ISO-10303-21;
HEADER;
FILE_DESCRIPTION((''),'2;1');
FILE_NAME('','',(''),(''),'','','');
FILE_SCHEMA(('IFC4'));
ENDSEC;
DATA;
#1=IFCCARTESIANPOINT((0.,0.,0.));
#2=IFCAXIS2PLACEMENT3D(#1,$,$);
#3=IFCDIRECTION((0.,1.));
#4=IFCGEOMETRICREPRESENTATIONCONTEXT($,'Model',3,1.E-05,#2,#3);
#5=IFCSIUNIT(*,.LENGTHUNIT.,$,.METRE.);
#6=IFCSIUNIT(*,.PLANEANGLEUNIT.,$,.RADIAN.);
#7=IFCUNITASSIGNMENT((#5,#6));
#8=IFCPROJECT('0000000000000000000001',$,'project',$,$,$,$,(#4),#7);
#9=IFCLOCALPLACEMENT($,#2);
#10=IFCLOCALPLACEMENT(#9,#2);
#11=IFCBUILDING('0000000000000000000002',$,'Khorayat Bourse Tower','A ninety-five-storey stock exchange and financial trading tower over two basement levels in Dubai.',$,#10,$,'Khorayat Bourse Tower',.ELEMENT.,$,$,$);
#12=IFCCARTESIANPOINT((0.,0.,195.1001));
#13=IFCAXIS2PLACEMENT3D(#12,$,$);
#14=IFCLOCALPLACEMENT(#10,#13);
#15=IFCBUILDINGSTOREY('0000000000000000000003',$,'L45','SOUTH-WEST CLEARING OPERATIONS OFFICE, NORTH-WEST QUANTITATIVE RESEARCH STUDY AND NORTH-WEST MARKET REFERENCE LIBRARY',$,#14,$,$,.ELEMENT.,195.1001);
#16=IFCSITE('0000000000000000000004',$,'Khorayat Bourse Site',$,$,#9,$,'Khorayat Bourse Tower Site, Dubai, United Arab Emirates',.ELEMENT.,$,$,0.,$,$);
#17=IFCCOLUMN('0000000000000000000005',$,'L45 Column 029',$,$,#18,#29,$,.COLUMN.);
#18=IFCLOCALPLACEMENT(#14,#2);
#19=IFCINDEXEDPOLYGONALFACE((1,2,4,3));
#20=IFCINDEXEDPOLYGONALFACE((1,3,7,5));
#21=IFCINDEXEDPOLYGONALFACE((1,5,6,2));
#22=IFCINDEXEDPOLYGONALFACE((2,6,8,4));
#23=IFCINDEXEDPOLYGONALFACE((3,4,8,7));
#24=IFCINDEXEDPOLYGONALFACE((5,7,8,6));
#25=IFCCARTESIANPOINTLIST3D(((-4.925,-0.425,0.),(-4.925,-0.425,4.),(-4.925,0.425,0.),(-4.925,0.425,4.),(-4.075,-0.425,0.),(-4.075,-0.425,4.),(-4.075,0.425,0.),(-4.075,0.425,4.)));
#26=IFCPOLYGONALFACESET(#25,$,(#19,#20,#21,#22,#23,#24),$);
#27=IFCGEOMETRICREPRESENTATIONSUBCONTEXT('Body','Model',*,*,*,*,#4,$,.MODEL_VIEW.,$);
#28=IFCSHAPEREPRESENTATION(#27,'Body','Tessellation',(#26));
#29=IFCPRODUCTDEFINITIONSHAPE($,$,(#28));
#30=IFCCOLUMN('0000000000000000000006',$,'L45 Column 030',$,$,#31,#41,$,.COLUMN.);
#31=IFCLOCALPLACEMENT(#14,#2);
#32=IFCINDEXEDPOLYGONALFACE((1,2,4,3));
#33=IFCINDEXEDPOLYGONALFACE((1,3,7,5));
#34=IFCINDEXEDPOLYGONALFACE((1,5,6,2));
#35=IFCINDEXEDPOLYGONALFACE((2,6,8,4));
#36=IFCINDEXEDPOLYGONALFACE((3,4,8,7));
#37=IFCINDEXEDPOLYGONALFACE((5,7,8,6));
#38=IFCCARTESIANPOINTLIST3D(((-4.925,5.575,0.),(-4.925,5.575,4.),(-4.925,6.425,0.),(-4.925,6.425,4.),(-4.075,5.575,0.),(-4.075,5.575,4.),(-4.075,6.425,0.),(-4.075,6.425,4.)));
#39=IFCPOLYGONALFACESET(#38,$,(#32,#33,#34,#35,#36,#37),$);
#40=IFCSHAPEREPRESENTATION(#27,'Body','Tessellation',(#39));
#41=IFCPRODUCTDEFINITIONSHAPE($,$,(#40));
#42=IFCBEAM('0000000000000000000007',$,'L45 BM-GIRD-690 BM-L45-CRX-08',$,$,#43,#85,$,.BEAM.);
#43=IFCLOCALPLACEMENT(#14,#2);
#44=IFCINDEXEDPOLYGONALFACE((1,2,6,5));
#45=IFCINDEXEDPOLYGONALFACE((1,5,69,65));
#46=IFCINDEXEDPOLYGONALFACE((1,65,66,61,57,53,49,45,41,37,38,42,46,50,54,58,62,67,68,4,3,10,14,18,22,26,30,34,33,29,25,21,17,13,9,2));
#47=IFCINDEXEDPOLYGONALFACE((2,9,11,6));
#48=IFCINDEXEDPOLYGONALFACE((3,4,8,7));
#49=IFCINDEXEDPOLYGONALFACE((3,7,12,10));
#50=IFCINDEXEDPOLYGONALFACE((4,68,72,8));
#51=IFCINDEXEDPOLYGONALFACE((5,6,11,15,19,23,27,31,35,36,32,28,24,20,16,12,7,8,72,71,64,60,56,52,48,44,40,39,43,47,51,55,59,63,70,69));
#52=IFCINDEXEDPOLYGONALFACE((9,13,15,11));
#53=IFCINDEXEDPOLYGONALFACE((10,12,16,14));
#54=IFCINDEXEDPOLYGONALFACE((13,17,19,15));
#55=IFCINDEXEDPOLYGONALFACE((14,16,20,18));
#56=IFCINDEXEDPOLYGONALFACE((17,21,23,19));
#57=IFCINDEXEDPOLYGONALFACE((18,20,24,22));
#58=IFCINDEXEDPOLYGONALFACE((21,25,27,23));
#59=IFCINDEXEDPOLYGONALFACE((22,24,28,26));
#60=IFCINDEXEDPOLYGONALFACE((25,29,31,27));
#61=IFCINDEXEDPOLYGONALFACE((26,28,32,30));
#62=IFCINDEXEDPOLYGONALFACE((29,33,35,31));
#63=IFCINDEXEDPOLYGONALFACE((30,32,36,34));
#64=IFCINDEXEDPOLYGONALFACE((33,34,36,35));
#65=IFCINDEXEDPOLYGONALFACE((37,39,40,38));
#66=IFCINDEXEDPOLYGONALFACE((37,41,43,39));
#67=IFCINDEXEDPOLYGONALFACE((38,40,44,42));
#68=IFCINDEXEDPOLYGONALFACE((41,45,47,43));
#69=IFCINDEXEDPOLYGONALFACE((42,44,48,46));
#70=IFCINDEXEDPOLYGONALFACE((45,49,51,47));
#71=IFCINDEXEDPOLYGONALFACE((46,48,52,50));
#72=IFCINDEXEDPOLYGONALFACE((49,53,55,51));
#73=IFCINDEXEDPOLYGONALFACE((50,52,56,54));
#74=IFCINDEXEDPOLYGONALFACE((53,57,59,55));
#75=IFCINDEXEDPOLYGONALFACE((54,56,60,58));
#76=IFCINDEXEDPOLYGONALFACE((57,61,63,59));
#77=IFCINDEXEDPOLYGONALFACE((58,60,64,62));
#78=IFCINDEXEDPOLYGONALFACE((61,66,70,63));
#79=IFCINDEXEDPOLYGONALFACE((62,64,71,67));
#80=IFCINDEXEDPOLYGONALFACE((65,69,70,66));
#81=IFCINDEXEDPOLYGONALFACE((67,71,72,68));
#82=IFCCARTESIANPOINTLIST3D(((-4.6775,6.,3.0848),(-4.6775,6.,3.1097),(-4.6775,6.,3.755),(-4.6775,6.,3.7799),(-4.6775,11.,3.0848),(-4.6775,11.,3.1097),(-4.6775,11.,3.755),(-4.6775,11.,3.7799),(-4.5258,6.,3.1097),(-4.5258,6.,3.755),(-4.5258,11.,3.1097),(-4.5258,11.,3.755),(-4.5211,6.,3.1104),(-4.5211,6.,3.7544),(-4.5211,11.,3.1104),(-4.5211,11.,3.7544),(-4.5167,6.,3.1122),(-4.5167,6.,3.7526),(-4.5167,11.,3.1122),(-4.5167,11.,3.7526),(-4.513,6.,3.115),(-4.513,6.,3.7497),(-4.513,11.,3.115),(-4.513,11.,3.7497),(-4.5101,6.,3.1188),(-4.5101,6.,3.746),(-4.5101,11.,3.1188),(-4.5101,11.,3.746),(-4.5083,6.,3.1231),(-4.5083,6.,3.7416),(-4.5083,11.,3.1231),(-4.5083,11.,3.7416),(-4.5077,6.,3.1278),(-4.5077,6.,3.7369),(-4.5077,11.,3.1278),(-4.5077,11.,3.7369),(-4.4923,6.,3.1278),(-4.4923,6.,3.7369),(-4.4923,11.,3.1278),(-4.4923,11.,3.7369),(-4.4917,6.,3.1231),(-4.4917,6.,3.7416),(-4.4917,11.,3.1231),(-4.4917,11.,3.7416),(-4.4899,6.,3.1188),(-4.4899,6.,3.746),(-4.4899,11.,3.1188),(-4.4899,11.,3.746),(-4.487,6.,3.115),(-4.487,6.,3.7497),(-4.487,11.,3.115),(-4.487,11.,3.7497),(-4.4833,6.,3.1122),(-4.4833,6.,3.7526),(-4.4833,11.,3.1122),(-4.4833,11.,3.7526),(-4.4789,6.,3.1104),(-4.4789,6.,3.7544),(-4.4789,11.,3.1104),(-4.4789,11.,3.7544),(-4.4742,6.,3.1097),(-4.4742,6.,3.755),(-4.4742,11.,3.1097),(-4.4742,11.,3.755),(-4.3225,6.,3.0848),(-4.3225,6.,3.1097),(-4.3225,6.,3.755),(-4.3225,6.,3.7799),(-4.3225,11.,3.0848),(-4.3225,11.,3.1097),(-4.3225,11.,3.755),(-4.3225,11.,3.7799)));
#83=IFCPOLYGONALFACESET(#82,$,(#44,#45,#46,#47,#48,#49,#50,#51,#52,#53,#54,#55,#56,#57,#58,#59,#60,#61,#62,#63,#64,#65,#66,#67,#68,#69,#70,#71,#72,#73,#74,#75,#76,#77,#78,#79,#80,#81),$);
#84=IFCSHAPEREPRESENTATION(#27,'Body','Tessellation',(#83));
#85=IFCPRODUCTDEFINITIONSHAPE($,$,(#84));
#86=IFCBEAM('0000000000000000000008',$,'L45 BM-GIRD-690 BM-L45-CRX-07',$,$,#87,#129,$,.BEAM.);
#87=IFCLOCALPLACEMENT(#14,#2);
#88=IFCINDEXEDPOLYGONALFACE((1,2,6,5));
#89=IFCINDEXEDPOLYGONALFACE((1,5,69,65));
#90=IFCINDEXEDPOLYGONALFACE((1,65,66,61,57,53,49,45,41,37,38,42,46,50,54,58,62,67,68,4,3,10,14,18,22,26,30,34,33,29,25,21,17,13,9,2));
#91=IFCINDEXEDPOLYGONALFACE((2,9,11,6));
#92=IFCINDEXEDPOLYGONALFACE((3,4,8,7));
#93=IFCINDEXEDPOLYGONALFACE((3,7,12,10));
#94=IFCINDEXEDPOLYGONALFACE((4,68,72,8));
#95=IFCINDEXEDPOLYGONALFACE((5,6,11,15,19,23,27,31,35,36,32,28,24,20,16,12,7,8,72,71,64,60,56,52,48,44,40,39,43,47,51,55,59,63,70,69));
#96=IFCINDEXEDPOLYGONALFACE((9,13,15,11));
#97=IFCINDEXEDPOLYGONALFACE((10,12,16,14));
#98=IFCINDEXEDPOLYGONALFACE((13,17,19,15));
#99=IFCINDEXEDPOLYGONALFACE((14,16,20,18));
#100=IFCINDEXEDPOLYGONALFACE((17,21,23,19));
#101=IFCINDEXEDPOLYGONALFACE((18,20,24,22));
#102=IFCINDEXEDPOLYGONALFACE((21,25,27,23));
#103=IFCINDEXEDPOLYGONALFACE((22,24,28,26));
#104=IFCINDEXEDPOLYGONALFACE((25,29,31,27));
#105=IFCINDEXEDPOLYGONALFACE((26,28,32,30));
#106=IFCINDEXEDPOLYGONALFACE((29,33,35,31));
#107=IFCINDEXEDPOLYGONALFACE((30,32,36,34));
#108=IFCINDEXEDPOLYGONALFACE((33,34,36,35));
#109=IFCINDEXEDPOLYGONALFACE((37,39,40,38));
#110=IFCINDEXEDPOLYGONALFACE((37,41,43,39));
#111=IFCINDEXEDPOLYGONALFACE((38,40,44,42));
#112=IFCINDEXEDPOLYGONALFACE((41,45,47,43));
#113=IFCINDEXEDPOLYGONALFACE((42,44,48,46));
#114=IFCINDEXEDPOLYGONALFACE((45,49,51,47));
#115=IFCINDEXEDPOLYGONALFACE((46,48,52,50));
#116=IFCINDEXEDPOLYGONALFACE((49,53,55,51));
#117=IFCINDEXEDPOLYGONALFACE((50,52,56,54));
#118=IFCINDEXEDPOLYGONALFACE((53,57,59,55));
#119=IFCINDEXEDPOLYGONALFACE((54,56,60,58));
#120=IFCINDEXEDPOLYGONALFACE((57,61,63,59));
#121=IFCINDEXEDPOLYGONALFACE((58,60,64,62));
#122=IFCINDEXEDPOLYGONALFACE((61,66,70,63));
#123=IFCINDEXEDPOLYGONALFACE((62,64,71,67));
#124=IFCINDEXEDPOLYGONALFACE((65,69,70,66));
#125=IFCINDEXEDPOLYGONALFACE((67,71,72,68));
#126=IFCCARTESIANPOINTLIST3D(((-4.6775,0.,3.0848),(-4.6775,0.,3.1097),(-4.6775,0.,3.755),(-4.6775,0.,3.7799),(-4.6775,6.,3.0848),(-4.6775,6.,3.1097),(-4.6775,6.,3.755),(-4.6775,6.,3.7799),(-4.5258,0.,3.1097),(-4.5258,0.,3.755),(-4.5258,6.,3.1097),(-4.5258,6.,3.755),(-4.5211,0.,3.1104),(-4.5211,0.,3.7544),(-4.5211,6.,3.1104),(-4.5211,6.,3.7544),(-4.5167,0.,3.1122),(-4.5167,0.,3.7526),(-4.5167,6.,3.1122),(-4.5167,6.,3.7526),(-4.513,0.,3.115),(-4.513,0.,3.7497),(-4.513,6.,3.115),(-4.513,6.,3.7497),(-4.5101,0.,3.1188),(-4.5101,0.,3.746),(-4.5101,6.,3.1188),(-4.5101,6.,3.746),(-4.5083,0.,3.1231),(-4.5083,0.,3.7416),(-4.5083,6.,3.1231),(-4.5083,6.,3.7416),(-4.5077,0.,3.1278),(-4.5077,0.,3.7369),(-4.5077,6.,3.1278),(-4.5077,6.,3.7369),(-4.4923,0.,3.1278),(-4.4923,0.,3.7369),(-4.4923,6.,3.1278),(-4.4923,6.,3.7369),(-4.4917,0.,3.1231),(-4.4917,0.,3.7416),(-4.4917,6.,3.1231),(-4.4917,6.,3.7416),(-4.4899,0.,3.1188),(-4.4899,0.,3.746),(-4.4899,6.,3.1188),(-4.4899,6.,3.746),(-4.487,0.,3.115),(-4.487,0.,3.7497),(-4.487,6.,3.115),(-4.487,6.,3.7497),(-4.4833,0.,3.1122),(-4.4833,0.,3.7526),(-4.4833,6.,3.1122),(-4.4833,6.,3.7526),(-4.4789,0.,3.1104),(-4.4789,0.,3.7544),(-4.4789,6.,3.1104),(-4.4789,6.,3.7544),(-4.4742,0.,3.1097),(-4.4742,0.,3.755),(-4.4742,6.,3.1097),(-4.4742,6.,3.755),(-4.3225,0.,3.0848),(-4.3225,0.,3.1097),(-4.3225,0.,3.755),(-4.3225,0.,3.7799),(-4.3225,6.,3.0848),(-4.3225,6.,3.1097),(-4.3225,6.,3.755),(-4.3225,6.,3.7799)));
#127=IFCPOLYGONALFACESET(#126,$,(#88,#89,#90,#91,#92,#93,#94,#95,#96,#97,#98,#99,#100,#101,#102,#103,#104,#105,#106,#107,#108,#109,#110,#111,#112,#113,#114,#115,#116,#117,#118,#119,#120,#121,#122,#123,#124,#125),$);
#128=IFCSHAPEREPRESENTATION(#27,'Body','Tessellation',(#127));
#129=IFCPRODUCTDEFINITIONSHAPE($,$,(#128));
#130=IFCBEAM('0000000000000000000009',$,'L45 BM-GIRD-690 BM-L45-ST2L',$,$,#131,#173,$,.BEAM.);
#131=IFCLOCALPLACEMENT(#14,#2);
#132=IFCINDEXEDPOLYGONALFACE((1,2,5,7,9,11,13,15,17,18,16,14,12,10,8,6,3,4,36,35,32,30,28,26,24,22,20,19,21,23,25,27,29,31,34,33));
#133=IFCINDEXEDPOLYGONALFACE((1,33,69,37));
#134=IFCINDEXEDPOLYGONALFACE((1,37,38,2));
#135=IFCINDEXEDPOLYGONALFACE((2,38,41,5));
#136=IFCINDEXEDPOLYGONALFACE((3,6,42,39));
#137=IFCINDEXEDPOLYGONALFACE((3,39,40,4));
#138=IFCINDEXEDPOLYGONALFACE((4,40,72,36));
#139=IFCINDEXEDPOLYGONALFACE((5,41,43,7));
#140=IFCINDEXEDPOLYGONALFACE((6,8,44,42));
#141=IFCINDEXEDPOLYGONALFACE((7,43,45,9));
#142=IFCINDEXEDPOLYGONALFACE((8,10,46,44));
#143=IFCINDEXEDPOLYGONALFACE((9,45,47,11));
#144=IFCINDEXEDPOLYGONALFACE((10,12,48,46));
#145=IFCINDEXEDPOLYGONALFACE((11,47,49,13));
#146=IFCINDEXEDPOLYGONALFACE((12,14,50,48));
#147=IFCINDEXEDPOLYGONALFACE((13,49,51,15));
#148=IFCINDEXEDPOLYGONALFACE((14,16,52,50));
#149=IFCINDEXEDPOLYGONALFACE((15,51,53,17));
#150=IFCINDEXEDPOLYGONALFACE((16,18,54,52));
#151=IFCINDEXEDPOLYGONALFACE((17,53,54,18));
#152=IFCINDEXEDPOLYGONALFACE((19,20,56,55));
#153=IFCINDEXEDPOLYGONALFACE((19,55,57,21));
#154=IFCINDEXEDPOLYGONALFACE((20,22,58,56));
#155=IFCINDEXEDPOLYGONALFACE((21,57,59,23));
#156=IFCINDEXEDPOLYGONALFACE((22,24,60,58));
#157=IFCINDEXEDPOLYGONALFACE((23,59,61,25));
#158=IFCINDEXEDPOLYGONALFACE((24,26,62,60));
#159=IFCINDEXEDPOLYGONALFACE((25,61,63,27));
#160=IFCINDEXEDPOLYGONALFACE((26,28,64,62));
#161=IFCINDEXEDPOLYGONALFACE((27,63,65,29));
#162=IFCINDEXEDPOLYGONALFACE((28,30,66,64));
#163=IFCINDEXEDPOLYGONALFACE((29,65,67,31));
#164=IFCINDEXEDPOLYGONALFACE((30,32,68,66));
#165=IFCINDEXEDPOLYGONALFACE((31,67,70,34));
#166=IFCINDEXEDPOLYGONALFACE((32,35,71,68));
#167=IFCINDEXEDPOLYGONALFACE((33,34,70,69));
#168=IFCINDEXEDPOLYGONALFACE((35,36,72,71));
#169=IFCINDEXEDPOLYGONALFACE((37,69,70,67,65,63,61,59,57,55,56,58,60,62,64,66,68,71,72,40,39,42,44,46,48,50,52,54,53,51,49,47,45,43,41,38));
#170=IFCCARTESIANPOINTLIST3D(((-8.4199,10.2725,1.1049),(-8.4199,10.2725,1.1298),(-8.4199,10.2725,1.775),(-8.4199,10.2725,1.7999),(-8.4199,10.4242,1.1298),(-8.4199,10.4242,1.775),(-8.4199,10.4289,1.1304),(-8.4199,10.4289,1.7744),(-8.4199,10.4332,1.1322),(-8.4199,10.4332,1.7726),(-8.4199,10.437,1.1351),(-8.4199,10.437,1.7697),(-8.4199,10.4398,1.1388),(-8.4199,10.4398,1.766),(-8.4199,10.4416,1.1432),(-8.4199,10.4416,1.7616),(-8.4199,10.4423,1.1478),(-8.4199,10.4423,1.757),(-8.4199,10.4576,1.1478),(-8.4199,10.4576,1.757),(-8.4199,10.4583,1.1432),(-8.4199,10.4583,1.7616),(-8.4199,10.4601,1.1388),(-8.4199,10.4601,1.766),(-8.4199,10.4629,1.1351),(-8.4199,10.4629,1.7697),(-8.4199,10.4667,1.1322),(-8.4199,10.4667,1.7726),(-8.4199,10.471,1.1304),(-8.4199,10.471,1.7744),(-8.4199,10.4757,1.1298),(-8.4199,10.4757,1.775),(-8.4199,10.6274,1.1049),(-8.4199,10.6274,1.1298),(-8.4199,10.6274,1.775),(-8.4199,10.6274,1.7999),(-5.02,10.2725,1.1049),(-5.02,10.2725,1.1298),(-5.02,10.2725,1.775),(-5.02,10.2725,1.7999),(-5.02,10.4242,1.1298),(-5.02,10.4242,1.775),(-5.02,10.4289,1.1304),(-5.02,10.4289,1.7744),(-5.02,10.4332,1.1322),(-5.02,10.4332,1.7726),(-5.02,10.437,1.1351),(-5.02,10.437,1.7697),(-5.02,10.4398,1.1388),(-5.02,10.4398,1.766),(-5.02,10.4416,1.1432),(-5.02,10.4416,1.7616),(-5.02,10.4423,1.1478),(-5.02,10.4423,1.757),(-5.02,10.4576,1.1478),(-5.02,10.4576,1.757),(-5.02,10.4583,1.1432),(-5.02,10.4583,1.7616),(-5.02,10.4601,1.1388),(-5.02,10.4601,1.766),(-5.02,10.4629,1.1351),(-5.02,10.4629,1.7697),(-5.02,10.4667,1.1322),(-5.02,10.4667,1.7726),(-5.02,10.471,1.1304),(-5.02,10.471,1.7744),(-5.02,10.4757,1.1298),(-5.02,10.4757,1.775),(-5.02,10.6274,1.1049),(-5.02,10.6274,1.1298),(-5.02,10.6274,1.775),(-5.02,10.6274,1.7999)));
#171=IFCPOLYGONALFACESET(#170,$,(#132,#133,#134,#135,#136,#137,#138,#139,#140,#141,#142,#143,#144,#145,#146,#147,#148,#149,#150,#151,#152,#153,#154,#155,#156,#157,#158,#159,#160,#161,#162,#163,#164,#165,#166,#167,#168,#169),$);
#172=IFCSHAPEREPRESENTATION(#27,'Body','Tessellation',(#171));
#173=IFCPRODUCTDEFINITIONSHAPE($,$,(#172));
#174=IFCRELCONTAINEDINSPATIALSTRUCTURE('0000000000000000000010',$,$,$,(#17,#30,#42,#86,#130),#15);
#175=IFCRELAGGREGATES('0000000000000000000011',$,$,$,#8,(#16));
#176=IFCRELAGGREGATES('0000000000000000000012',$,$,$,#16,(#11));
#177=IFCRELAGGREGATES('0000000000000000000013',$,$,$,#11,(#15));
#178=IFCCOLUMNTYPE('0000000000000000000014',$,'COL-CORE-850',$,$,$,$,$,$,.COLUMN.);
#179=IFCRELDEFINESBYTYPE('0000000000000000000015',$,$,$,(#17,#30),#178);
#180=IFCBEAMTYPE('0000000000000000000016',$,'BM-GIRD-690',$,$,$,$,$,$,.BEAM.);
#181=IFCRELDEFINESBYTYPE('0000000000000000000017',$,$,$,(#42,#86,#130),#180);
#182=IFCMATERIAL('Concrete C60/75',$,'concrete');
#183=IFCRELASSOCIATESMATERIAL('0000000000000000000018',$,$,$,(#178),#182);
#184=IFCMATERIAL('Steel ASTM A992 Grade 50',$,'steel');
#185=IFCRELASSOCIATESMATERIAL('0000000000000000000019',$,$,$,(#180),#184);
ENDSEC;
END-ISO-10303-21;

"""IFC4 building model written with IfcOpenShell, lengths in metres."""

from ifc_helpers import new_model, si_unit, direction, frame, origin, origin_2d, place, context, subcontext, project, spatial, rectangle, i_section, extrude, source, transform, mapped, material, material_profile, profile_set, type_object, element, save


model = new_model("IFC4")

# Units and contexts
model_context = context("Model", 3, precision=1e-05, world=origin(), true_north=direction((0.0, 1.0)))
body_context = subcontext(model_context, "Body", "Model", "MODEL_VIEW")
ifc_project = project(units=[si_unit("LENGTHUNIT", "METRE"), si_unit("PLANEANGLEUNIT", "RADIAN")], contexts=[model_context])

# Site, building, storey
site_placement = place(None, origin())
site = spatial("IfcSite", under=ifc_project, at=site_placement, Name="Khorayat Bourse Site", LongName="Khorayat Bourse Tower Site, Dubai, United Arab Emirates", CompositionType="ELEMENT", RefElevation=0.0)
building_placement = place(site_placement, origin())
building = spatial("IfcBuilding", under=site, at=building_placement, Name="Khorayat Bourse Tower", Description="A ninety-five-storey stock exchange and financial trading tower over two basement levels in Dubai.", LongName="Khorayat Bourse Tower", CompositionType="ELEMENT")
storey_placement = place(building_placement, frame((0.0, 0.0, 195.1001)))
storey = spatial("IfcBuildingStorey", under=building, at=storey_placement, Name="L45", Description="SOUTH-WEST CLEARING OPERATIONS OFFICE, NORTH-WEST QUANTITATIVE RESEARCH STUDY AND NORTH-WEST MARKET REFERENCE LIBRARY", CompositionType="ELEMENT", Elevation=195.1001)

# Columns
ifc_material_1 = material(Name="Concrete C60/75", Category="concrete")
ifc_material_profile_1 = material_profile(ifc_material_1, rectangle(XDim=0.8501, YDim=0.8501, at=origin_2d()), Name="RC 850x850")
ifc_profile_set_1 = profile_set([ifc_material_profile_1], Name="Concrete C60/75")
column_type = type_object("IfcColumnType", Name="COL-CORE-850", PredefinedType="COLUMN", material=ifc_profile_set_1)
shared_shape_1 = source(origin(), body_context, "Body", "SweptSolid", [
    extrude(rectangle(XDim=0.8501, YDim=0.8501, at=origin_2d()), origin(), (0.0, 0.0, 1.0), 4.0),
])
for number, where, z_axis, x_axis, name in (
    (1, (-4.5, 0.0, 0.0), (0.0, 0.0, 1.0), (1.0, 0.0, 0.0), "L45 Column 029"),
    (2, (-4.5, 6.0, 0.0), (0.0, 0.0, 1.0), (1.0, 0.0, 0.0), "L45 Column 030"),
):
    element("IfcColumn", number, at=place(storey_placement, frame(where, z_axis=z_axis, x_axis=x_axis)), inside=storey, type_object=column_type, Name=name, PredefinedType="COLUMN", context=body_context, shape_type="MappedRepresentation", body=[
        mapped(shared_shape_1, transform((0.0, 0.0, 0.0), scale=1.0)),
    ])

# Beams
ifc_material_2 = material(Name="Steel ASTM A992 Grade 50", Category="steel")
ifc_material_profile_2 = material_profile(ifc_material_2, i_section(OverallWidth=0.355, OverallDepth=0.6951, WebThickness=0.0154, FlangeThickness=0.0249, FilletRadius=0.0181, at=origin_2d()), Name="W690X217")
ifc_profile_set_2 = profile_set([ifc_material_profile_2], Name="Steel ASTM A992 Grade 50")
beam_type = type_object("IfcBeamType", Name="BM-GIRD-690", PredefinedType="BEAM", material=ifc_profile_set_2)
shared_shape_2 = source(origin(), body_context, "Body", "SweptSolid", [
    extrude(i_section(OverallWidth=0.355, OverallDepth=0.6951, WebThickness=0.0154, FlangeThickness=0.0249, FilletRadius=0.0181, at=origin_2d()), origin(), (0.0, 0.0, 1.0), 5.0),
])
beam_1_placement = place(storey_placement, frame((-4.5, 6.0, 3.4324), z_axis=(0.0, 1.0, 0.0), x_axis=(-1.0, 0.0, 0.0)))
element("IfcBeam", 3, at=beam_1_placement, inside=storey, type_object=beam_type, Name="L45 BM-GIRD-690 BM-L45-CRX-08", PredefinedType="BEAM", context=body_context, shape_type="MappedRepresentation", body=[
    mapped(shared_shape_2, transform((0.0, 0.0, 0.0), scale=1.0)),
])
shared_shape_3 = source(origin(), body_context, "Body", "SweptSolid", [
    extrude(i_section(OverallWidth=0.355, OverallDepth=0.6951, WebThickness=0.0154, FlangeThickness=0.0249, FilletRadius=0.0181, at=origin_2d()), origin(), (0.0, 0.0, 1.0), 6.0),
])
beam_2_placement = place(storey_placement, frame((-4.5, 0.0, 3.4324), z_axis=(0.0, 1.0, 0.0), x_axis=(-1.0, 0.0, 0.0)))
element("IfcBeam", 4, at=beam_2_placement, inside=storey, type_object=beam_type, Name="L45 BM-GIRD-690 BM-L45-CRX-07", PredefinedType="BEAM", context=body_context, shape_type="MappedRepresentation", body=[
    mapped(shared_shape_3, transform((0.0, 0.0, 0.0), scale=1.0)),
])
shared_shape_4 = source(origin(), body_context, "Body", "SweptSolid", [
    extrude(i_section(OverallWidth=0.355, OverallDepth=0.6951, WebThickness=0.0154, FlangeThickness=0.0249, FilletRadius=0.0181, at=origin_2d()), origin(), (0.0, 0.0, 1.0), 3.3999),
])
beam_3_placement = place(storey_placement, frame((-8.4199, 10.45, 1.4524), z_axis=(1.0, 0.0, 0.0), x_axis=(0.0, 1.0, 0.0)))
element("IfcBeam", 5, at=beam_3_placement, inside=storey, type_object=beam_type, Name="L45 BM-GIRD-690 BM-L45-ST2L", PredefinedType="BEAM", context=body_context, shape_type="MappedRepresentation", body=[
    mapped(shared_shape_4, transform((0.0, 0.0, 0.0), scale=1.0)),
])

save(model, "model.ifc")
